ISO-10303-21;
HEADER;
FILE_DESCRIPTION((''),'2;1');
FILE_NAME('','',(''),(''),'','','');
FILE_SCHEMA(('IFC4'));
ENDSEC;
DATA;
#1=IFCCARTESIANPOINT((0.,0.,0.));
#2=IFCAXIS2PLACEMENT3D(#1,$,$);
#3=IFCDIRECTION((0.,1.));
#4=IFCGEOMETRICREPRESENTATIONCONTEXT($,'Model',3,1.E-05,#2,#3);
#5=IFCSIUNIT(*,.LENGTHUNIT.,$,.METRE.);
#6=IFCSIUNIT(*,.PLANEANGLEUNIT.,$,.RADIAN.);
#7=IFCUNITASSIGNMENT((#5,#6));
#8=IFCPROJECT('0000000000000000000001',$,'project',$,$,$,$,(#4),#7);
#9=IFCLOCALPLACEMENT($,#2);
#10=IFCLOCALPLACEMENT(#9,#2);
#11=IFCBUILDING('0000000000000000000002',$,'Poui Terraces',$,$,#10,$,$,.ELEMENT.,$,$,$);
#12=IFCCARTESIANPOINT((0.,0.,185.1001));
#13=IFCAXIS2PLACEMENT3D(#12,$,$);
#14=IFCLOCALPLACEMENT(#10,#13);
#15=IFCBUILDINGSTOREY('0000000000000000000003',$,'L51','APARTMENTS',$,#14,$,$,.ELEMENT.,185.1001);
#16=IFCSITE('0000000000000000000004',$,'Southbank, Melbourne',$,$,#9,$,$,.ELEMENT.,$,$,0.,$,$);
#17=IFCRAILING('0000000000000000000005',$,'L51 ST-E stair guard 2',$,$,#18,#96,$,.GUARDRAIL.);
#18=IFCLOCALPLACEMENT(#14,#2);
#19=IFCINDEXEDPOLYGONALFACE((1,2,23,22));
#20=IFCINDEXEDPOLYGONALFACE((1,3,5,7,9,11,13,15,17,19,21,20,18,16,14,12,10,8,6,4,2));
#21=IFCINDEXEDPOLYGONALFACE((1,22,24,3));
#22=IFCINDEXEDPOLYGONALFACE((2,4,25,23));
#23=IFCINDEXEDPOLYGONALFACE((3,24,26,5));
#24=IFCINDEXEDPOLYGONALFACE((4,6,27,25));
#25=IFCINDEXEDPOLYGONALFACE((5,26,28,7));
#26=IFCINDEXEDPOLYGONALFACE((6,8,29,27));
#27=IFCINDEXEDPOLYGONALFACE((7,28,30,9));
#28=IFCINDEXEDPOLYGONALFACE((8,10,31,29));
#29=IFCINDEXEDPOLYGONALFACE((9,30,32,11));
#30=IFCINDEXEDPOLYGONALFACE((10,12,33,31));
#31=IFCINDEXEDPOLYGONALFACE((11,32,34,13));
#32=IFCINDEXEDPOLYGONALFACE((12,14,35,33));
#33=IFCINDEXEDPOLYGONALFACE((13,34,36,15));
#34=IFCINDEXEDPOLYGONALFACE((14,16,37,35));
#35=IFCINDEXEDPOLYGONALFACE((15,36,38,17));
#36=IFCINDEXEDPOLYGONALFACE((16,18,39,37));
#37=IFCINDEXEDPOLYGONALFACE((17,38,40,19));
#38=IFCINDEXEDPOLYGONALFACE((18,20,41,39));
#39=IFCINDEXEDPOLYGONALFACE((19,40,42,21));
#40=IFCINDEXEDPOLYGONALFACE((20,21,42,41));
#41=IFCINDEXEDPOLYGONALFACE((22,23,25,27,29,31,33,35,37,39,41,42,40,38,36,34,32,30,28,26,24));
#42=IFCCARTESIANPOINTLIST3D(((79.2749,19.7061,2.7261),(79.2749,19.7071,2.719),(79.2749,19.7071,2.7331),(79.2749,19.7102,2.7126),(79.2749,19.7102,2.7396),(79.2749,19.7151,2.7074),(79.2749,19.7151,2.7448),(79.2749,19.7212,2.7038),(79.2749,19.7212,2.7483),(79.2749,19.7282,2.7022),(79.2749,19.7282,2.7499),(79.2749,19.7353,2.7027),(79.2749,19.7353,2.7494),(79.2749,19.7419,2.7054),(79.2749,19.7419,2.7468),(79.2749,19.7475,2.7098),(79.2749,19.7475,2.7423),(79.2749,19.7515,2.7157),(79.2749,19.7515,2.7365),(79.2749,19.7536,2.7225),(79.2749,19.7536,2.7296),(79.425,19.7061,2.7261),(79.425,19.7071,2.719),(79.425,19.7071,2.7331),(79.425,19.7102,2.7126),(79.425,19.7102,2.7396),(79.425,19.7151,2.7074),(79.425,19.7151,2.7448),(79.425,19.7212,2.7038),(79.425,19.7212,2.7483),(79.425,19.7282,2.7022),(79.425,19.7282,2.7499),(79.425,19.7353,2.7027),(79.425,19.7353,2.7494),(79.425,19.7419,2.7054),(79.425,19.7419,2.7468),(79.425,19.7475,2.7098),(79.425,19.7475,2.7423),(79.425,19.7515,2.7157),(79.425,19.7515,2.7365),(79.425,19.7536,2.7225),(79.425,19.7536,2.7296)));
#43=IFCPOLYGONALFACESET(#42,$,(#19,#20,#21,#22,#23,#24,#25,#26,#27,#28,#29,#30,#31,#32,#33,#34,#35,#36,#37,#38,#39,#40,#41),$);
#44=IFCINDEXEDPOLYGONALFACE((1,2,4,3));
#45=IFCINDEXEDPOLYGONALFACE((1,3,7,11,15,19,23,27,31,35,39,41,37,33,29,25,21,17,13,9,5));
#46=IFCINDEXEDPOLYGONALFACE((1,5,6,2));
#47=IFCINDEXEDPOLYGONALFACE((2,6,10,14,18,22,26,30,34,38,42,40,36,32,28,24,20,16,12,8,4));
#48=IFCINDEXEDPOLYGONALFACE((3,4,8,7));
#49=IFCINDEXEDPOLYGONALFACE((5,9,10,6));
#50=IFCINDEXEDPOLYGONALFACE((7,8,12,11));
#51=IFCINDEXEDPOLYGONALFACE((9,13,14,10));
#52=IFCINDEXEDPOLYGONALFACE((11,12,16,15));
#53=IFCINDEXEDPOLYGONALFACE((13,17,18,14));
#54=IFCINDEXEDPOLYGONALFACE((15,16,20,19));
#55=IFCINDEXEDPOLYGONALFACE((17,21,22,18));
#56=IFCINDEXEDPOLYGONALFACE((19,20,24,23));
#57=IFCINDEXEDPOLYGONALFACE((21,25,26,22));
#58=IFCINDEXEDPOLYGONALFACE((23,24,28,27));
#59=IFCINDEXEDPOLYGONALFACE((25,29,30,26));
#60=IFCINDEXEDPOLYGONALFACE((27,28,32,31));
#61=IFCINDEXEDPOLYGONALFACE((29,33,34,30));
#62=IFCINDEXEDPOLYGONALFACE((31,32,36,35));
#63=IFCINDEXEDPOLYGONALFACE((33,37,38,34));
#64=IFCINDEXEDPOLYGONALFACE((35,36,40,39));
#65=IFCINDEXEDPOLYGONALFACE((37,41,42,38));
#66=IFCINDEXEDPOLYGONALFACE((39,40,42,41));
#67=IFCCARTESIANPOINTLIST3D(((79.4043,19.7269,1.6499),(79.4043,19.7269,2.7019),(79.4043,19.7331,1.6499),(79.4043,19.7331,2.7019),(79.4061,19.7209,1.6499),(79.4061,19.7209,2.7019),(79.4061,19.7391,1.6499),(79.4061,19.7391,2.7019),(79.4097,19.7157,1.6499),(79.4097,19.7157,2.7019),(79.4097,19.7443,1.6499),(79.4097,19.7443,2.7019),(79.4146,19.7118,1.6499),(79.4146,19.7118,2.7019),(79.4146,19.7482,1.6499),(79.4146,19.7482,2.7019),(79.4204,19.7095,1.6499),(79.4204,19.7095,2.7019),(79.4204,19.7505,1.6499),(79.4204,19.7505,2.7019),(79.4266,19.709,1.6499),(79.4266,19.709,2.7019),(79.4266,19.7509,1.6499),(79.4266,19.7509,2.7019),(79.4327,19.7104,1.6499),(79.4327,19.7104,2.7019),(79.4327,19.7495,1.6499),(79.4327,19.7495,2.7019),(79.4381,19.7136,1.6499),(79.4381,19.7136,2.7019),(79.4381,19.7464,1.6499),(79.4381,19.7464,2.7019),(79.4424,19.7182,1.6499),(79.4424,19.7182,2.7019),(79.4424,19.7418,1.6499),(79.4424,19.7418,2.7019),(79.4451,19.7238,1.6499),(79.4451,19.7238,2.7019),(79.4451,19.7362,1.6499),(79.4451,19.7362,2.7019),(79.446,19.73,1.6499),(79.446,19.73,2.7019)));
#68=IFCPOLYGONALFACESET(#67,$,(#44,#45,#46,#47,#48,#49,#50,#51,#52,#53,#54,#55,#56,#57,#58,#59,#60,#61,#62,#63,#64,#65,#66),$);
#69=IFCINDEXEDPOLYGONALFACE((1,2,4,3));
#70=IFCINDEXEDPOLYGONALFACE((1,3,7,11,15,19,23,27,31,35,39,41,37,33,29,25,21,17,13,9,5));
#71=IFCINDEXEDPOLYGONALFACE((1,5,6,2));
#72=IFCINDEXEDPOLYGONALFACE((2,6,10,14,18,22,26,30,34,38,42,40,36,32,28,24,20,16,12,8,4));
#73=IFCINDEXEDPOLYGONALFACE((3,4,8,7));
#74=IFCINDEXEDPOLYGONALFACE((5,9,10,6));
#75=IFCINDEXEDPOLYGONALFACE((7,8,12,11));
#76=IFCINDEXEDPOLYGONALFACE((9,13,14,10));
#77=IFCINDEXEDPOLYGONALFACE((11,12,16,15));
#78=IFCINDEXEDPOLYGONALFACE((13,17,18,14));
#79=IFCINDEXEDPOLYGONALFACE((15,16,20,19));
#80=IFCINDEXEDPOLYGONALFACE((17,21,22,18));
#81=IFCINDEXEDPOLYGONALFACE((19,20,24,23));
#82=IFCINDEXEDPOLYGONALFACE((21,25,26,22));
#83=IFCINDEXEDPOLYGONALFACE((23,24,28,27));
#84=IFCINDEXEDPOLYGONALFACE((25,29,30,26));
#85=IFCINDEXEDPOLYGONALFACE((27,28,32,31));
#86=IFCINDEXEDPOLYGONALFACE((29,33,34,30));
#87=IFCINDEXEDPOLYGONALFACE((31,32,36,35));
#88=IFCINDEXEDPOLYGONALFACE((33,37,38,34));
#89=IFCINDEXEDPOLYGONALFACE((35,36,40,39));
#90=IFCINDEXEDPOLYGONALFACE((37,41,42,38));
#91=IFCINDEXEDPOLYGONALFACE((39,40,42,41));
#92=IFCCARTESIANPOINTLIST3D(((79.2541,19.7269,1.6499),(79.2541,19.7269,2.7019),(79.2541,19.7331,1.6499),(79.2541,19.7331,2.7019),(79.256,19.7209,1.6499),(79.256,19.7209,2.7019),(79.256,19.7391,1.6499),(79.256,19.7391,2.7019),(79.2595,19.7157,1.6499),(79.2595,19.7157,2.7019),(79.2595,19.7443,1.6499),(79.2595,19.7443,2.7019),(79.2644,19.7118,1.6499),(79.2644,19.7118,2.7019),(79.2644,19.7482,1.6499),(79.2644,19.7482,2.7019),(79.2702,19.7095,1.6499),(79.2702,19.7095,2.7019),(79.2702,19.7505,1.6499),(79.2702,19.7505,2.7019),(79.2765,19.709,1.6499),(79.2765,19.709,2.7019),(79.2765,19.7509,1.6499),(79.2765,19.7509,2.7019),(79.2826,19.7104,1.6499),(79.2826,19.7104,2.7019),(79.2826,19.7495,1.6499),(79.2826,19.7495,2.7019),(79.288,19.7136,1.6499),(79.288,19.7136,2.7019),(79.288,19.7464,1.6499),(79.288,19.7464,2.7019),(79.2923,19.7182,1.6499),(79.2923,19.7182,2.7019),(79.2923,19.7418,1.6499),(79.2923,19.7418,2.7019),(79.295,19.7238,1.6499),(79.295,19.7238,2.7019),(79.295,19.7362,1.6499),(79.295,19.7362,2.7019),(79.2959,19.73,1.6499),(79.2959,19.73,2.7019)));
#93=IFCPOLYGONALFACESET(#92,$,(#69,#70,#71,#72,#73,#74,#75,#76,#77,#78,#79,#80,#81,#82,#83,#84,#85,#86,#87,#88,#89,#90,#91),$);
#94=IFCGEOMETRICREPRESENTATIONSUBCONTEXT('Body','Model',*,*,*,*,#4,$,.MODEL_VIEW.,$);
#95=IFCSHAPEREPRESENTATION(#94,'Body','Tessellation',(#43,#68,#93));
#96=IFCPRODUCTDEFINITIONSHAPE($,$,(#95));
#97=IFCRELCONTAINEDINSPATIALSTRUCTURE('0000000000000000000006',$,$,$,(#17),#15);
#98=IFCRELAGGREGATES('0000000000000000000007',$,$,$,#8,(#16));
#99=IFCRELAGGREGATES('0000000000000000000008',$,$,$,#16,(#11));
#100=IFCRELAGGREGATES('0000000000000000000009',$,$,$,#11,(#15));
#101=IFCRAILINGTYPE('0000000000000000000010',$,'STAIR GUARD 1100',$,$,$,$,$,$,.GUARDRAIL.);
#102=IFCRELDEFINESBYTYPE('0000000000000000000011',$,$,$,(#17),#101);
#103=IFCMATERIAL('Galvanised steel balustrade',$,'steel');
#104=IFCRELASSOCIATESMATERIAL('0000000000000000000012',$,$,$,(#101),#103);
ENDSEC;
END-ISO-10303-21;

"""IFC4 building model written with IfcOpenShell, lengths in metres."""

from ifc_helpers import new_model, si_unit, direction, frame, origin, origin_2d, place, context, subcontext, project, spatial, circle, extrude, material, type_object, element, save


model = new_model("IFC4")

# Units and contexts
model_context = context("Model", 3, precision=1e-05, world=origin(), true_north=direction((0.0, 1.0)))
body_context = subcontext(model_context, "Body", "Model", "MODEL_VIEW")
ifc_project = project(units=[si_unit("LENGTHUNIT", "METRE"), si_unit("PLANEANGLEUNIT", "RADIAN")], contexts=[model_context])

# Site, building, storey
site_placement = place(None, origin())
site = spatial("IfcSite", under=ifc_project, at=site_placement, Name="Southbank, Melbourne", CompositionType="ELEMENT", RefElevation=0.0)
building_placement = place(site_placement, origin())
building = spatial("IfcBuilding", under=site, at=building_placement, Name="Poui Terraces", CompositionType="ELEMENT")
storey_placement = place(building_placement, frame((0.0, 0.0, 185.1001)))
storey = spatial("IfcBuildingStorey", under=building, at=storey_placement, Name="L51", Description="APARTMENTS", CompositionType="ELEMENT", Elevation=185.1001)

# Railing
ifc_material_1 = material(Name="Galvanised steel balustrade", Category="steel")
railing_type = type_object("IfcRailingType", Name="STAIR GUARD 1100", PredefinedType="GUARDRAIL", material=ifc_material_1)
for number, where, name in (
    (1, (79.425, 19.73, 1.6499), "L51 ST-E stair guard 2"),
):
    element("IfcRailing", number, at=place(storey_placement, frame(where)), inside=storey, type_object=railing_type, Name=name, PredefinedType="GUARDRAIL", context=body_context, shape_type="SweptSolid", body=[
        extrude(circle(Radius=0.0239, at=origin_2d()), frame((0.0, 0.0, 1.0762), z_axis=(-1.0, 0.0, 0.0), x_axis=(0.0, -1.0, 0.0)), (0.0, 0.0, 1.0), 0.1501),
        extrude(circle(Radius=0.021, at=origin_2d()), origin(), (0.0, 0.0, 1.0), 1.052),
        extrude(circle(Radius=0.021, at=origin_2d()), frame((-0.1501, 0.0, 0.0)), (0.0, 0.0, 1.0), 1.052),
    ])

save(model, "model.ifc")
